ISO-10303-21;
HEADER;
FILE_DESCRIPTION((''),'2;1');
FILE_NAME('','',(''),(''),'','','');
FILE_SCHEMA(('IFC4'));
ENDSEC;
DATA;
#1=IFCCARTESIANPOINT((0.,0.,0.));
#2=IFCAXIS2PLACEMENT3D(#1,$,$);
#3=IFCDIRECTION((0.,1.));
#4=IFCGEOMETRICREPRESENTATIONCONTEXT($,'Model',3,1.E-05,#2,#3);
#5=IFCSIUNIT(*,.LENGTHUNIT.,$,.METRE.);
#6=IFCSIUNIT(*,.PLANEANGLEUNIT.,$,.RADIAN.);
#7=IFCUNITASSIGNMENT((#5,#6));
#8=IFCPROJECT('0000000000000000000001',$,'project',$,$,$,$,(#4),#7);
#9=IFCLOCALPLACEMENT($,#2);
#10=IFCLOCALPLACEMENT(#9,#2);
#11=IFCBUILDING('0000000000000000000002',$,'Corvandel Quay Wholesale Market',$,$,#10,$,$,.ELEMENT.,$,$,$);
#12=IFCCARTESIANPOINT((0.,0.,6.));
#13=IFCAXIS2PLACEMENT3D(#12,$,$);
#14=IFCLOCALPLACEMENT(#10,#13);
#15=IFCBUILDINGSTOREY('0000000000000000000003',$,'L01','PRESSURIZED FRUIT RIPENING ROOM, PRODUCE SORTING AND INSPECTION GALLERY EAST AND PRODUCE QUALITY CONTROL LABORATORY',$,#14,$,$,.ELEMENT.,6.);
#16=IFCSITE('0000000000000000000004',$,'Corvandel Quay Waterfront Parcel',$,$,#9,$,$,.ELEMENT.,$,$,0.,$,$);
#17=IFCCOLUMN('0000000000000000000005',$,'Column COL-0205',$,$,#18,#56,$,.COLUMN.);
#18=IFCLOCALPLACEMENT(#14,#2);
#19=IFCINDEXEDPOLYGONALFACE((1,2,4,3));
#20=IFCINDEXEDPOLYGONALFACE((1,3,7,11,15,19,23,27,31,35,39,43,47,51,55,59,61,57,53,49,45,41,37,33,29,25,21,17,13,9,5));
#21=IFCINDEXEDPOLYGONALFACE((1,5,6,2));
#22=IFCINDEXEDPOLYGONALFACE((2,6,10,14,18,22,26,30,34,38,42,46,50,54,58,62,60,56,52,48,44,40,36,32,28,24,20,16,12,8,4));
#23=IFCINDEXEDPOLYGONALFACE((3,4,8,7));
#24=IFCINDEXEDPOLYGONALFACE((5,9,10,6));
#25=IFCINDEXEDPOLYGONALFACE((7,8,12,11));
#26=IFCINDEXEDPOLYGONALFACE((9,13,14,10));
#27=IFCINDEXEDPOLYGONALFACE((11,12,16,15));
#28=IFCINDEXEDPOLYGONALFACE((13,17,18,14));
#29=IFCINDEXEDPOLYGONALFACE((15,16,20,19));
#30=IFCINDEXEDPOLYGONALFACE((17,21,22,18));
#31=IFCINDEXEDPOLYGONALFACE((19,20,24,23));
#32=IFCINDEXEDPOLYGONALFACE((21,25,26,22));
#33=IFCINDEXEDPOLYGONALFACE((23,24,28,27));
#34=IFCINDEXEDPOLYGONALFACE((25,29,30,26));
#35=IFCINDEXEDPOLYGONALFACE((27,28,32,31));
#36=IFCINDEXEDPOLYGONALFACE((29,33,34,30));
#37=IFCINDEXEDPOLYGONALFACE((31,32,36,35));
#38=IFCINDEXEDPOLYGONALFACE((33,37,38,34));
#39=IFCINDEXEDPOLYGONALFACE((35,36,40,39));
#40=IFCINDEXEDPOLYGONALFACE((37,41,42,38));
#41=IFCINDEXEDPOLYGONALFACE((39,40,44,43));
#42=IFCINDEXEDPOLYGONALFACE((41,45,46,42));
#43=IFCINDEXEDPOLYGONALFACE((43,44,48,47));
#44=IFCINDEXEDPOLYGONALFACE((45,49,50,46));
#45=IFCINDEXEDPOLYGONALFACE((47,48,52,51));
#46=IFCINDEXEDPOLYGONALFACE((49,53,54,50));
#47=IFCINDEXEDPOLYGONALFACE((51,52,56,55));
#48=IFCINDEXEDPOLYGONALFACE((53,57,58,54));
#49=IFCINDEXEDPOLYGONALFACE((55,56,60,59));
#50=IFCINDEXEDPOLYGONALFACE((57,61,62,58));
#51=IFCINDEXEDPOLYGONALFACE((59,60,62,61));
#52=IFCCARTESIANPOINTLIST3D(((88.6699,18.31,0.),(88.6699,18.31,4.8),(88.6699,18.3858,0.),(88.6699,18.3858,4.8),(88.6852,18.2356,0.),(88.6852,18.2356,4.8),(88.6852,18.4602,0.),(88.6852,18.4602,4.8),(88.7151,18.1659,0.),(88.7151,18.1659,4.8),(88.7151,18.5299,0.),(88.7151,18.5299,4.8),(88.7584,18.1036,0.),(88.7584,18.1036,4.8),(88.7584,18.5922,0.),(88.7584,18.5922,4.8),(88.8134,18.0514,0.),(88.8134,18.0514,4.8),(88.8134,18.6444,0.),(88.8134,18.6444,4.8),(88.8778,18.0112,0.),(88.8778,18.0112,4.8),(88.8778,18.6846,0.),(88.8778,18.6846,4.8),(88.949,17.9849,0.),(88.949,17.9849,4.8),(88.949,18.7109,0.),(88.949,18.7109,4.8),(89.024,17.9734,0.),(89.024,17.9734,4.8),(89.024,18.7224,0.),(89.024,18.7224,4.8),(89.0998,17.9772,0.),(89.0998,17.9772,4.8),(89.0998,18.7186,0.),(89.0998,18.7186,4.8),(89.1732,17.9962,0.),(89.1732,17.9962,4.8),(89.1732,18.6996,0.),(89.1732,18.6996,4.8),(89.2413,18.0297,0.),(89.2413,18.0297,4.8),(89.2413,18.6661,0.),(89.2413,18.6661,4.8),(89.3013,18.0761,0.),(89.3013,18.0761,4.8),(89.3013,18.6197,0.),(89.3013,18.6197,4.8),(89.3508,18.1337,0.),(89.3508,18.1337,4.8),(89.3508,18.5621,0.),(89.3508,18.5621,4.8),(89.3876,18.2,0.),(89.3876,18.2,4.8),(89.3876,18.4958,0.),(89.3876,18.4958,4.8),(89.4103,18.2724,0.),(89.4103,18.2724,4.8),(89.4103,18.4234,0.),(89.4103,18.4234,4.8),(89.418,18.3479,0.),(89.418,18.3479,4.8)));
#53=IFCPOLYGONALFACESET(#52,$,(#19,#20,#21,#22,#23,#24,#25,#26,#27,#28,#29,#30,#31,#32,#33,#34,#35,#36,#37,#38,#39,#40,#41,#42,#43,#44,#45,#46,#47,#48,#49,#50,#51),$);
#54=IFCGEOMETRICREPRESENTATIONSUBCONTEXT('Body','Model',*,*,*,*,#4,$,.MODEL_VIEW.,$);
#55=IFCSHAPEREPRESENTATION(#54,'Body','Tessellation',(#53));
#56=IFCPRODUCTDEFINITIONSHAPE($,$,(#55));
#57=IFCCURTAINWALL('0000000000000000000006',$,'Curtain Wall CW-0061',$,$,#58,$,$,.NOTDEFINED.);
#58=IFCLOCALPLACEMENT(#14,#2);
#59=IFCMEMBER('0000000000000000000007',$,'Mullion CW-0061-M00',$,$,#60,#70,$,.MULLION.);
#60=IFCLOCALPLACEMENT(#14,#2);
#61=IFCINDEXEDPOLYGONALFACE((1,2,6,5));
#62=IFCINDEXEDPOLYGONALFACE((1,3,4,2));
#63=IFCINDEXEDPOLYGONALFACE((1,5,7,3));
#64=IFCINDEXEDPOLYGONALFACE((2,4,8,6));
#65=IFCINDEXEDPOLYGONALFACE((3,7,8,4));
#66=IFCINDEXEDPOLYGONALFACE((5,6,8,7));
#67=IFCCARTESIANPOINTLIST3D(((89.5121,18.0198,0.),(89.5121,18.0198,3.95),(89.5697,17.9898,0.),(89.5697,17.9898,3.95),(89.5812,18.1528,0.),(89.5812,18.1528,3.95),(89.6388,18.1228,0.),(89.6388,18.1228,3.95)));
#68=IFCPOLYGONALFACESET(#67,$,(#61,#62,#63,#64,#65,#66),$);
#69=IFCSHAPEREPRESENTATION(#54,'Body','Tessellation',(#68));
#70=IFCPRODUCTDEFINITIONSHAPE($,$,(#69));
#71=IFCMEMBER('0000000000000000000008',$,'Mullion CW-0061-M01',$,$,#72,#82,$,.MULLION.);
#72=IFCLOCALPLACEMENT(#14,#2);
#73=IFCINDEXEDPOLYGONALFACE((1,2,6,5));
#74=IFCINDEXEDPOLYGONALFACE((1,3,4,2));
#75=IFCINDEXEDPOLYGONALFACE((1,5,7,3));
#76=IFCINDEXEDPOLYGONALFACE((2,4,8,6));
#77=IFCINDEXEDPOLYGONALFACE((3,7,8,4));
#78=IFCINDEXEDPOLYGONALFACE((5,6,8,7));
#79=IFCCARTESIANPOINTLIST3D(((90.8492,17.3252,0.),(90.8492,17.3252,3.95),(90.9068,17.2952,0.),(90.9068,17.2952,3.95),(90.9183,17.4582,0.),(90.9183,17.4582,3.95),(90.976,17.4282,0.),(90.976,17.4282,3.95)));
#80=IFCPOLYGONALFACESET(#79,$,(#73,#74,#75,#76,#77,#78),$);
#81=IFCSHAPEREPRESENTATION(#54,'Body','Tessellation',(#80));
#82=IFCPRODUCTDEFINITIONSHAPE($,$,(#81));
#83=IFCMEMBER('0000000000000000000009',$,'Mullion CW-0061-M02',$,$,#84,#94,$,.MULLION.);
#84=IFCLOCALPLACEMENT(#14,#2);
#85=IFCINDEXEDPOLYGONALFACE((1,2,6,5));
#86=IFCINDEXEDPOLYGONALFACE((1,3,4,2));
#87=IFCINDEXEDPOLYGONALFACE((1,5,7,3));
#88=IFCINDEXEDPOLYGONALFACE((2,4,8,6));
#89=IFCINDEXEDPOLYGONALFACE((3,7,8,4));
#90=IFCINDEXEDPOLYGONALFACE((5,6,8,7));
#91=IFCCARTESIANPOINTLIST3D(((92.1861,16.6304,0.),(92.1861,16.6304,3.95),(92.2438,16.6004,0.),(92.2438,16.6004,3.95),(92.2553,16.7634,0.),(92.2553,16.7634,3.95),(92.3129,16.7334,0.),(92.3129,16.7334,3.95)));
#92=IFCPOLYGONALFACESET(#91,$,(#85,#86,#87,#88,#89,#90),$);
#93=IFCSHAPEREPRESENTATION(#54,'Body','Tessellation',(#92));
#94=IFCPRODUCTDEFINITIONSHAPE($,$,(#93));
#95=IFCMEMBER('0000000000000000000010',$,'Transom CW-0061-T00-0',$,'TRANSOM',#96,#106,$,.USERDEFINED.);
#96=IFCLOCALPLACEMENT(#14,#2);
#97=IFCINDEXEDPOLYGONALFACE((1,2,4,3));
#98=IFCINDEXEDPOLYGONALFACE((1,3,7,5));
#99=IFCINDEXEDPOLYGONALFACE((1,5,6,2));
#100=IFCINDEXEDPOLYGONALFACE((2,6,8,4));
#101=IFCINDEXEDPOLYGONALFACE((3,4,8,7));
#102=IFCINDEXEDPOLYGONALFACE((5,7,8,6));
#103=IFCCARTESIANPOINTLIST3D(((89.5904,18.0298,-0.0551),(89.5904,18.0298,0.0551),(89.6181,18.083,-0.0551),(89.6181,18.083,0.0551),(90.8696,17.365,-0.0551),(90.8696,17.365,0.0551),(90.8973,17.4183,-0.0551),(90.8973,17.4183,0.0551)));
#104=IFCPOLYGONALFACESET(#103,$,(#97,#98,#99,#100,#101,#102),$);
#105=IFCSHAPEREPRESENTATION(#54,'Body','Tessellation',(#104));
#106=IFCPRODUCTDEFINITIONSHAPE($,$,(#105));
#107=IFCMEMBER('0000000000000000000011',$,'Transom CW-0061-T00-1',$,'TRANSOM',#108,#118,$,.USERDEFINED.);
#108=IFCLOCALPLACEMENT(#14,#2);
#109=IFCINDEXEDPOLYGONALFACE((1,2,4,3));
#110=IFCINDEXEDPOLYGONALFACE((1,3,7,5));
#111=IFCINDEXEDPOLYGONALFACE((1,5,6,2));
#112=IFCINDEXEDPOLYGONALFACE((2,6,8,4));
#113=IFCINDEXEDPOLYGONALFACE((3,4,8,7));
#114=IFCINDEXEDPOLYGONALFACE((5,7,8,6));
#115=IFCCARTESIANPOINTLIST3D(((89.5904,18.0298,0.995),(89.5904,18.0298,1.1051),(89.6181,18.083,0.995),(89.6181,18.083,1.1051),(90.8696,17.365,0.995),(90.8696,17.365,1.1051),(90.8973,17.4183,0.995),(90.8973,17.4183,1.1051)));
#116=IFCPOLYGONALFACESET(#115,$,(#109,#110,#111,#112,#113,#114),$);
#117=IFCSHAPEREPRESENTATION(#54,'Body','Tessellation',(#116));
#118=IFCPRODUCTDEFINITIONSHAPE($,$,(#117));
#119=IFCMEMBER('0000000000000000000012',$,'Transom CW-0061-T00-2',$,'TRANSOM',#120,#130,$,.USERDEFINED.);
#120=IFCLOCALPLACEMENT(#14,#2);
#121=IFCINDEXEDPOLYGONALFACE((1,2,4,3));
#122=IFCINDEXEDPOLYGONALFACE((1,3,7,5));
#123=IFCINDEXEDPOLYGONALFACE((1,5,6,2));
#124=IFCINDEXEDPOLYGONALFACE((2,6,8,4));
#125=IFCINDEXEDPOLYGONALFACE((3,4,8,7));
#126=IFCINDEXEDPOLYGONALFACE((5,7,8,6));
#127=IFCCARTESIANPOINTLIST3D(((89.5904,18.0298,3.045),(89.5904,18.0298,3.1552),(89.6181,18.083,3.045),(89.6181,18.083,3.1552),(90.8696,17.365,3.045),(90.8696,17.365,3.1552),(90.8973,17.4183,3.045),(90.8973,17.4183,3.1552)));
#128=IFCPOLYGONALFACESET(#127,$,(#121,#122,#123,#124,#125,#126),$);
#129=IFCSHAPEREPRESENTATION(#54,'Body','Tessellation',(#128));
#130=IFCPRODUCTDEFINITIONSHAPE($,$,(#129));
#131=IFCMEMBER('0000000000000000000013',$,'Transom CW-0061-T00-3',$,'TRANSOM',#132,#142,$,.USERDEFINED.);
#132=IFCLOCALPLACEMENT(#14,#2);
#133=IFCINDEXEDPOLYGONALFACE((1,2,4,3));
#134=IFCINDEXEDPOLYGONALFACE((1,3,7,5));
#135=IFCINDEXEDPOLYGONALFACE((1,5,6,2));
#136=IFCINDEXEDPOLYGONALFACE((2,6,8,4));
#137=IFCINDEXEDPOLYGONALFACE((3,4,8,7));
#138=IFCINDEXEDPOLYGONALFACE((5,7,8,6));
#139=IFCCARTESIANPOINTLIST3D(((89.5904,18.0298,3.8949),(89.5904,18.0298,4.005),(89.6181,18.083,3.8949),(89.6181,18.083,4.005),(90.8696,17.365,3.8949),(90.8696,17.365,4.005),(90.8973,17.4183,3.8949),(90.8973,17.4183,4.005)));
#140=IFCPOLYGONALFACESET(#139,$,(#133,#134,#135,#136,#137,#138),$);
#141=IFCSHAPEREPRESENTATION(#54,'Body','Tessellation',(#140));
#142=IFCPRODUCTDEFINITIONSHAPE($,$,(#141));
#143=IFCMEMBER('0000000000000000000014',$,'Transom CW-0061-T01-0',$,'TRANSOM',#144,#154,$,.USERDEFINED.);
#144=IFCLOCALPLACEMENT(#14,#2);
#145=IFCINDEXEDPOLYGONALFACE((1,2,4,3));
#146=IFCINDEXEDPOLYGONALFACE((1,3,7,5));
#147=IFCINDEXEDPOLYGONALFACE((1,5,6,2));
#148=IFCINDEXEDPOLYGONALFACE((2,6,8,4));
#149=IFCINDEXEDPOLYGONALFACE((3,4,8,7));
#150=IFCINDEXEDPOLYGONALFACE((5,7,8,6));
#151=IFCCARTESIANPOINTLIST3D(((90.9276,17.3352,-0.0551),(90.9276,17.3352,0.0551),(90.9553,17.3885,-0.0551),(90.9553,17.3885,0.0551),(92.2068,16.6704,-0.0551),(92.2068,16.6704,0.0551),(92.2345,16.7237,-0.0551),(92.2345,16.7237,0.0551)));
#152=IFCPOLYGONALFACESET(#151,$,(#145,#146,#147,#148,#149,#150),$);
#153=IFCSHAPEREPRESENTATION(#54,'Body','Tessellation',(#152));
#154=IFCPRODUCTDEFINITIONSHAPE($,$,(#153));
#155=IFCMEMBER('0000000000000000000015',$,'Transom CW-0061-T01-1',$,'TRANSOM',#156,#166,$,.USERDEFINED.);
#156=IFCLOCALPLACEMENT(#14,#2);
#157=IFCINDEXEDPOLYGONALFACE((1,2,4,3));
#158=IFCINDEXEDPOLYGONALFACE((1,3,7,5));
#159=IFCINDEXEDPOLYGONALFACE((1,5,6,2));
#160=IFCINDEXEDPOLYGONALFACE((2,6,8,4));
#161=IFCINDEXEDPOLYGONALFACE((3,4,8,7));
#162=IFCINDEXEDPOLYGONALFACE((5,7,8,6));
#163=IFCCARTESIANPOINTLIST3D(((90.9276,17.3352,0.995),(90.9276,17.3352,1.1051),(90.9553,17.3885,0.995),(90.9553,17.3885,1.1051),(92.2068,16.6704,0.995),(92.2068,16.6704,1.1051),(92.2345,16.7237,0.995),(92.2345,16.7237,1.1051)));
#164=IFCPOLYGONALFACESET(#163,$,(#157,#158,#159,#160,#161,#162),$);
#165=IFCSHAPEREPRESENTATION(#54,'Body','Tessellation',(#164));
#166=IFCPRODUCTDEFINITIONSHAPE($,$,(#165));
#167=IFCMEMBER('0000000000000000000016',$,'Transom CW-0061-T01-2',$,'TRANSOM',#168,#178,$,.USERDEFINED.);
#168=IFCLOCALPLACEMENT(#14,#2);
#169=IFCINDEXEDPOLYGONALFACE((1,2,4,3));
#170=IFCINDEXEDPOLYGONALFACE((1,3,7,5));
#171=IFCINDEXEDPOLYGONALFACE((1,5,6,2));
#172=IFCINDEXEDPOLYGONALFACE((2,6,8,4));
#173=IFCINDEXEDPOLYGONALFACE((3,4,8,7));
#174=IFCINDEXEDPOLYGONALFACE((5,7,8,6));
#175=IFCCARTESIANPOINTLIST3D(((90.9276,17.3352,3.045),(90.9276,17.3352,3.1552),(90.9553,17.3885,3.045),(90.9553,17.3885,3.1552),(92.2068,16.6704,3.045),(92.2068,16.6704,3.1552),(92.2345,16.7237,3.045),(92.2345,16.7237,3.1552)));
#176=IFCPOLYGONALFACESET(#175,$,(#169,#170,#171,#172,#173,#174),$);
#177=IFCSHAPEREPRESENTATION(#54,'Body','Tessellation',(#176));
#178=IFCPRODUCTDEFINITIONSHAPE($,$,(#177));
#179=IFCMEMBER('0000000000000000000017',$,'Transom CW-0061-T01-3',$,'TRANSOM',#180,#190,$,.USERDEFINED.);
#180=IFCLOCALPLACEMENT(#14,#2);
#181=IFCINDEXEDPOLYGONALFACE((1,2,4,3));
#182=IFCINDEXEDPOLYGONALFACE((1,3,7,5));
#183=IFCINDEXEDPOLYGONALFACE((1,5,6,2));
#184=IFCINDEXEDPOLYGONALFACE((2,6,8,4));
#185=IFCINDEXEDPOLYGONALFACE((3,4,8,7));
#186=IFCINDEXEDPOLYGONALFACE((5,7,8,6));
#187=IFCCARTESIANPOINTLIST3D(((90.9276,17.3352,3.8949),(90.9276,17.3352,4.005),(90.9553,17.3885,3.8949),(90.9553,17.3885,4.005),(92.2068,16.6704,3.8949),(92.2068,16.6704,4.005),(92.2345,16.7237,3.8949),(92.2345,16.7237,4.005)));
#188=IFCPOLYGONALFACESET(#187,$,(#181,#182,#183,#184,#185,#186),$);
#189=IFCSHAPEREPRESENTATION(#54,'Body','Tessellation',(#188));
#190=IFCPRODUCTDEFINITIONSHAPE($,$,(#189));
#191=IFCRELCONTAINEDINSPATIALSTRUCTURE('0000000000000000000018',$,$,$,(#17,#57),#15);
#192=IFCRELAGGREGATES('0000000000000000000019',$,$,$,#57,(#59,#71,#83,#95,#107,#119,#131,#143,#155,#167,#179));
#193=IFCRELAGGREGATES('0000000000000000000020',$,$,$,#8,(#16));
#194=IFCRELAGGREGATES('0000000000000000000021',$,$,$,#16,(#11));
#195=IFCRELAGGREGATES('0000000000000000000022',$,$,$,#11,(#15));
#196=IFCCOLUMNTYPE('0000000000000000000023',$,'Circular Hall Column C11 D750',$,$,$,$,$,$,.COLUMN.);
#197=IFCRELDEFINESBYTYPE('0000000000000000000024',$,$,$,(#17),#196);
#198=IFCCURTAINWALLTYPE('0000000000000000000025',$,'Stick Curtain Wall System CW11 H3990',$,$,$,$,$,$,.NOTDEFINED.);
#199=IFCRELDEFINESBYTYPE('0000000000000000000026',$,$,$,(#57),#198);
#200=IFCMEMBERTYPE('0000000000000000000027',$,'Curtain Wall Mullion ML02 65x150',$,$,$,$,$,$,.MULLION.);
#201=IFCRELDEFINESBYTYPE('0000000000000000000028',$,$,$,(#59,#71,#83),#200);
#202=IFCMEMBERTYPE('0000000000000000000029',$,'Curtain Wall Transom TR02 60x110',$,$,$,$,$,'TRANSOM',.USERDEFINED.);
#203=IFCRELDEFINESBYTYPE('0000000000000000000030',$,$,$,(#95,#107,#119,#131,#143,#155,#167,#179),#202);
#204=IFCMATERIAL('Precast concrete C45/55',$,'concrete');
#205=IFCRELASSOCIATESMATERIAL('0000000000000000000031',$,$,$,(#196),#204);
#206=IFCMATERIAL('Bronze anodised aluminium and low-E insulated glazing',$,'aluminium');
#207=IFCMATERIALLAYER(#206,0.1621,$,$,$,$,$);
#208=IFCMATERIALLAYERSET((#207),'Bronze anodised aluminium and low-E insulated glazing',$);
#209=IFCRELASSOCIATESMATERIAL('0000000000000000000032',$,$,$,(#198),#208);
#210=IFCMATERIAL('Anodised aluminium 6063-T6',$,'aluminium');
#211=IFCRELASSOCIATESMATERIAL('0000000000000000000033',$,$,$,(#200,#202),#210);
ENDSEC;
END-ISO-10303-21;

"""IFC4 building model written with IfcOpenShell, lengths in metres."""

from ifc_helpers import new_model, si_unit, direction, frame, origin, origin_2d, place, context, subcontext, project, spatial, rectangle, circle, extrude, material, layer, layer_set, material_profile, profile_set, type_object, element, aggregate, save


model = new_model("IFC4")

# Units and contexts
model_context = context("Model", 3, precision=1e-05, world=origin(), true_north=direction((0.0, 1.0)))
body_context = subcontext(model_context, "Body", "Model", "MODEL_VIEW")
ifc_project = project(units=[si_unit("LENGTHUNIT", "METRE"), si_unit("PLANEANGLEUNIT", "RADIAN")], contexts=[model_context])

# Site, building, storey
site_placement = place(None, origin())
site = spatial("IfcSite", under=ifc_project, at=site_placement, Name="Corvandel Quay Waterfront Parcel", CompositionType="ELEMENT", RefElevation=0.0)
building_placement = place(site_placement, origin())
building = spatial("IfcBuilding", under=site, at=building_placement, Name="Corvandel Quay Wholesale Market", CompositionType="ELEMENT")
storey_placement = place(building_placement, frame((0.0, 0.0, 6.0)))
storey = spatial("IfcBuildingStorey", under=building, at=storey_placement, Name="L01", Description="PRESSURIZED FRUIT RIPENING ROOM, PRODUCE SORTING AND INSPECTION GALLERY EAST AND PRODUCE QUALITY CONTROL LABORATORY", CompositionType="ELEMENT", Elevation=6.0)

# Column
ifc_material_1 = material(Name="Precast concrete C45/55", Category="concrete")
ifc_material_profile_1 = material_profile(ifc_material_1, circle(Radius=0.375, at=origin_2d()), Name="PC-COL-D750")
ifc_profile_set_1 = profile_set([ifc_material_profile_1], Name="Precast concrete C45/55")
column_type = type_object("IfcColumnType", Name="Circular Hall Column C11 D750", PredefinedType="COLUMN", material=ifc_profile_set_1)
column_placement = place(storey_placement, frame((89.043, 18.3479, 0.0), z_axis=(0.0, 0.0, 1.0), x_axis=(1.0, 0.0, 0.0)))
element("IfcColumn", 1, at=column_placement, inside=storey, type_object=column_type, Name="Column COL-0205", PredefinedType="COLUMN", context=body_context, shape_type="SweptSolid", body=[
    extrude(circle(Radius=0.375, at=origin_2d()), origin(), (0.0, 0.0, 1.0), 4.8),
])

# Curtain wall, members
ifc_material_2 = material(Name="Bronze anodised aluminium and low-E insulated glazing", Category="aluminium")
ifc_layer_1 = layer(ifc_material_2, 0.1621)
ifc_layer_set_1 = layer_set([ifc_layer_1], Name="Bronze anodised aluminium and low-E insulated glazing")
curtain_wall_type = type_object("IfcCurtainWallType", Name="Stick Curtain Wall System CW11 H3990", PredefinedType="NOTDEFINED", material=ifc_layer_set_1)
curtain_wall_placement = place(storey_placement, origin())
curtain_wall = element("IfcCurtainWall", 2, at=curtain_wall_placement, inside=storey, type_object=curtain_wall_type, Name="Curtain Wall CW-0061", PredefinedType="NOTDEFINED")
ifc_material_3 = material(Name="Anodised aluminium 6063-T6", Category="aluminium")
ifc_material_profile_2 = material_profile(ifc_material_3, rectangle(XDim=0.0649, YDim=0.1499, at=origin_2d()), Name="ALU-MUL-65x150")
ifc_profile_set_2 = profile_set([ifc_material_profile_2], Name="Anodised aluminium 6063-T6")
member_type_1 = type_object("IfcMemberType", Name="Curtain Wall Mullion ML02 65x150", PredefinedType="MULLION", material=ifc_profile_set_2)
member_1_placement = place(storey_placement, frame((89.5754, 18.0713, 0.0), z_axis=(0.0, 0.0, 1.0), x_axis=(-0.887333, 0.461129, 0.0)))
member_1 = element("IfcMember", 3, at=member_1_placement, type_object=member_type_1, Name="Mullion CW-0061-M00", PredefinedType="MULLION", context=body_context, shape_type="SweptSolid", body=[
    extrude(rectangle(XDim=0.0649, YDim=0.1499, at=origin_2d()), origin(), (0.0, 0.0, 1.0), 3.95),
])
member_2_placement = place(storey_placement, frame((90.9126, 17.3767, 0.0), z_axis=(0.0, 0.0, 1.0), x_axis=(-0.887333, 0.461129, 0.0)))
member_2 = element("IfcMember", 4, at=member_2_placement, type_object=member_type_1, Name="Mullion CW-0061-M01", PredefinedType="MULLION", context=body_context, shape_type="SweptSolid", body=[
    extrude(rectangle(XDim=0.0649, YDim=0.1499, at=origin_2d()), origin(), (0.0, 0.0, 1.0), 3.95),
])
member_3_placement = place(storey_placement, frame((92.2495, 16.6819, 0.0), z_axis=(0.0, 0.0, 1.0), x_axis=(-0.887333, 0.461129, 0.0)))
member_3 = element("IfcMember", 5, at=member_3_placement, type_object=member_type_1, Name="Mullion CW-0061-M02", PredefinedType="MULLION", context=body_context, shape_type="SweptSolid", body=[
    extrude(rectangle(XDim=0.0649, YDim=0.1499, at=origin_2d()), origin(), (0.0, 0.0, 1.0), 3.95),
])
ifc_material_profile_3 = material_profile(ifc_material_3, rectangle(XDim=0.0601, YDim=0.1101, at=origin_2d()), Name="ALU-TRN-60x110")
ifc_profile_set_3 = profile_set([ifc_material_profile_3], Name="Anodised aluminium 6063-T6")
member_type_2 = type_object("IfcMemberType", Name="Curtain Wall Transom TR02 60x110", ElementType="TRANSOM", PredefinedType="USERDEFINED", material=ifc_profile_set_3)
member_4_placement = place(storey_placement, frame((89.6042, 18.0564, 0.0), z_axis=(0.887342, -0.461113, 0.0), x_axis=(0.461113, 0.887342, 0.0)))
member_4 = element("IfcMember", 6, at=member_4_placement, type_object=member_type_2, Name="Transom CW-0061-T00-0", ObjectType="TRANSOM", PredefinedType="USERDEFINED", context=body_context, shape_type="SweptSolid", body=[
    extrude(rectangle(XDim=0.0601, YDim=0.1101, at=origin_2d()), origin(), (0.0, 0.0, 1.0), 1.4417),
])
member_5_placement = place(storey_placement, frame((89.6042, 18.0564, 1.05), z_axis=(0.887342, -0.461113, 0.0), x_axis=(0.461113, 0.887342, 0.0)))
member_5 = element("IfcMember", 7, at=member_5_placement, type_object=member_type_2, Name="Transom CW-0061-T00-1", ObjectType="TRANSOM", PredefinedType="USERDEFINED", context=body_context, shape_type="SweptSolid", body=[
    extrude(rectangle(XDim=0.0601, YDim=0.1101, at=origin_2d()), origin(), (0.0, 0.0, 1.0), 1.4417),
])
member_6_placement = place(storey_placement, frame((89.6042, 18.0564, 3.1001), z_axis=(0.887342, -0.461113, 0.0), x_axis=(0.461113, 0.887342, 0.0)))
member_6 = element("IfcMember", 8, at=member_6_placement, type_object=member_type_2, Name="Transom CW-0061-T00-2", ObjectType="TRANSOM", PredefinedType="USERDEFINED", context=body_context, shape_type="SweptSolid", body=[
    extrude(rectangle(XDim=0.0601, YDim=0.1101, at=origin_2d()), origin(), (0.0, 0.0, 1.0), 1.4417),
])
member_7_placement = place(storey_placement, frame((89.6042, 18.0564, 3.95), z_axis=(0.887342, -0.461113, 0.0), x_axis=(0.461113, 0.887342, 0.0)))
member_7 = element("IfcMember", 9, at=member_7_placement, type_object=member_type_2, Name="Transom CW-0061-T00-3", ObjectType="TRANSOM", PredefinedType="USERDEFINED", context=body_context, shape_type="SweptSolid", body=[
    extrude(rectangle(XDim=0.0601, YDim=0.1101, at=origin_2d()), origin(), (0.0, 0.0, 1.0), 1.4417),
])
member_8_placement = place(storey_placement, frame((90.9414, 17.3618, 0.0), z_axis=(0.887342, -0.461113, 0.0), x_axis=(0.461113, 0.887342, 0.0)))
member_8 = element("IfcMember", 10, at=member_8_placement, type_object=member_type_2, Name="Transom CW-0061-T01-0", ObjectType="TRANSOM", PredefinedType="USERDEFINED", context=body_context, shape_type="SweptSolid", body=[
    extrude(rectangle(XDim=0.0601, YDim=0.1101, at=origin_2d()), origin(), (0.0, 0.0, 1.0), 1.4417),
])
member_9_placement = place(storey_placement, frame((90.9414, 17.3618, 1.05), z_axis=(0.887342, -0.461113, 0.0), x_axis=(0.461113, 0.887342, 0.0)))
member_9 = element("IfcMember", 11, at=member_9_placement, type_object=member_type_2, Name="Transom CW-0061-T01-1", ObjectType="TRANSOM", PredefinedType="USERDEFINED", context=body_context, shape_type="SweptSolid", body=[
    extrude(rectangle(XDim=0.0601, YDim=0.1101, at=origin_2d()), origin(), (0.0, 0.0, 1.0), 1.4417),
])
member_10_placement = place(storey_placement, frame((90.9414, 17.3618, 3.1001), z_axis=(0.887342, -0.461113, 0.0), x_axis=(0.461113, 0.887342, 0.0)))
member_10 = element("IfcMember", 12, at=member_10_placement, type_object=member_type_2, Name="Transom CW-0061-T01-2", ObjectType="TRANSOM", PredefinedType="USERDEFINED", context=body_context, shape_type="SweptSolid", body=[
    extrude(rectangle(XDim=0.0601, YDim=0.1101, at=origin_2d()), origin(), (0.0, 0.0, 1.0), 1.4417),
])
member_11_placement = place(storey_placement, frame((90.9414, 17.3618, 3.95), z_axis=(0.887342, -0.461113, 0.0), x_axis=(0.461113, 0.887342, 0.0)))
member_11 = element("IfcMember", 13, at=member_11_placement, type_object=member_type_2, Name="Transom CW-0061-T01-3", ObjectType="TRANSOM", PredefinedType="USERDEFINED", context=body_context, shape_type="SweptSolid", body=[
    extrude(rectangle(XDim=0.0601, YDim=0.1101, at=origin_2d()), origin(), (0.0, 0.0, 1.0), 1.4417),
])

aggregate(curtain_wall, [member_1, member_2, member_3, member_4, member_5, member_6, member_7, member_8, member_9, member_10, member_11])

save(model, "model.ifc")
